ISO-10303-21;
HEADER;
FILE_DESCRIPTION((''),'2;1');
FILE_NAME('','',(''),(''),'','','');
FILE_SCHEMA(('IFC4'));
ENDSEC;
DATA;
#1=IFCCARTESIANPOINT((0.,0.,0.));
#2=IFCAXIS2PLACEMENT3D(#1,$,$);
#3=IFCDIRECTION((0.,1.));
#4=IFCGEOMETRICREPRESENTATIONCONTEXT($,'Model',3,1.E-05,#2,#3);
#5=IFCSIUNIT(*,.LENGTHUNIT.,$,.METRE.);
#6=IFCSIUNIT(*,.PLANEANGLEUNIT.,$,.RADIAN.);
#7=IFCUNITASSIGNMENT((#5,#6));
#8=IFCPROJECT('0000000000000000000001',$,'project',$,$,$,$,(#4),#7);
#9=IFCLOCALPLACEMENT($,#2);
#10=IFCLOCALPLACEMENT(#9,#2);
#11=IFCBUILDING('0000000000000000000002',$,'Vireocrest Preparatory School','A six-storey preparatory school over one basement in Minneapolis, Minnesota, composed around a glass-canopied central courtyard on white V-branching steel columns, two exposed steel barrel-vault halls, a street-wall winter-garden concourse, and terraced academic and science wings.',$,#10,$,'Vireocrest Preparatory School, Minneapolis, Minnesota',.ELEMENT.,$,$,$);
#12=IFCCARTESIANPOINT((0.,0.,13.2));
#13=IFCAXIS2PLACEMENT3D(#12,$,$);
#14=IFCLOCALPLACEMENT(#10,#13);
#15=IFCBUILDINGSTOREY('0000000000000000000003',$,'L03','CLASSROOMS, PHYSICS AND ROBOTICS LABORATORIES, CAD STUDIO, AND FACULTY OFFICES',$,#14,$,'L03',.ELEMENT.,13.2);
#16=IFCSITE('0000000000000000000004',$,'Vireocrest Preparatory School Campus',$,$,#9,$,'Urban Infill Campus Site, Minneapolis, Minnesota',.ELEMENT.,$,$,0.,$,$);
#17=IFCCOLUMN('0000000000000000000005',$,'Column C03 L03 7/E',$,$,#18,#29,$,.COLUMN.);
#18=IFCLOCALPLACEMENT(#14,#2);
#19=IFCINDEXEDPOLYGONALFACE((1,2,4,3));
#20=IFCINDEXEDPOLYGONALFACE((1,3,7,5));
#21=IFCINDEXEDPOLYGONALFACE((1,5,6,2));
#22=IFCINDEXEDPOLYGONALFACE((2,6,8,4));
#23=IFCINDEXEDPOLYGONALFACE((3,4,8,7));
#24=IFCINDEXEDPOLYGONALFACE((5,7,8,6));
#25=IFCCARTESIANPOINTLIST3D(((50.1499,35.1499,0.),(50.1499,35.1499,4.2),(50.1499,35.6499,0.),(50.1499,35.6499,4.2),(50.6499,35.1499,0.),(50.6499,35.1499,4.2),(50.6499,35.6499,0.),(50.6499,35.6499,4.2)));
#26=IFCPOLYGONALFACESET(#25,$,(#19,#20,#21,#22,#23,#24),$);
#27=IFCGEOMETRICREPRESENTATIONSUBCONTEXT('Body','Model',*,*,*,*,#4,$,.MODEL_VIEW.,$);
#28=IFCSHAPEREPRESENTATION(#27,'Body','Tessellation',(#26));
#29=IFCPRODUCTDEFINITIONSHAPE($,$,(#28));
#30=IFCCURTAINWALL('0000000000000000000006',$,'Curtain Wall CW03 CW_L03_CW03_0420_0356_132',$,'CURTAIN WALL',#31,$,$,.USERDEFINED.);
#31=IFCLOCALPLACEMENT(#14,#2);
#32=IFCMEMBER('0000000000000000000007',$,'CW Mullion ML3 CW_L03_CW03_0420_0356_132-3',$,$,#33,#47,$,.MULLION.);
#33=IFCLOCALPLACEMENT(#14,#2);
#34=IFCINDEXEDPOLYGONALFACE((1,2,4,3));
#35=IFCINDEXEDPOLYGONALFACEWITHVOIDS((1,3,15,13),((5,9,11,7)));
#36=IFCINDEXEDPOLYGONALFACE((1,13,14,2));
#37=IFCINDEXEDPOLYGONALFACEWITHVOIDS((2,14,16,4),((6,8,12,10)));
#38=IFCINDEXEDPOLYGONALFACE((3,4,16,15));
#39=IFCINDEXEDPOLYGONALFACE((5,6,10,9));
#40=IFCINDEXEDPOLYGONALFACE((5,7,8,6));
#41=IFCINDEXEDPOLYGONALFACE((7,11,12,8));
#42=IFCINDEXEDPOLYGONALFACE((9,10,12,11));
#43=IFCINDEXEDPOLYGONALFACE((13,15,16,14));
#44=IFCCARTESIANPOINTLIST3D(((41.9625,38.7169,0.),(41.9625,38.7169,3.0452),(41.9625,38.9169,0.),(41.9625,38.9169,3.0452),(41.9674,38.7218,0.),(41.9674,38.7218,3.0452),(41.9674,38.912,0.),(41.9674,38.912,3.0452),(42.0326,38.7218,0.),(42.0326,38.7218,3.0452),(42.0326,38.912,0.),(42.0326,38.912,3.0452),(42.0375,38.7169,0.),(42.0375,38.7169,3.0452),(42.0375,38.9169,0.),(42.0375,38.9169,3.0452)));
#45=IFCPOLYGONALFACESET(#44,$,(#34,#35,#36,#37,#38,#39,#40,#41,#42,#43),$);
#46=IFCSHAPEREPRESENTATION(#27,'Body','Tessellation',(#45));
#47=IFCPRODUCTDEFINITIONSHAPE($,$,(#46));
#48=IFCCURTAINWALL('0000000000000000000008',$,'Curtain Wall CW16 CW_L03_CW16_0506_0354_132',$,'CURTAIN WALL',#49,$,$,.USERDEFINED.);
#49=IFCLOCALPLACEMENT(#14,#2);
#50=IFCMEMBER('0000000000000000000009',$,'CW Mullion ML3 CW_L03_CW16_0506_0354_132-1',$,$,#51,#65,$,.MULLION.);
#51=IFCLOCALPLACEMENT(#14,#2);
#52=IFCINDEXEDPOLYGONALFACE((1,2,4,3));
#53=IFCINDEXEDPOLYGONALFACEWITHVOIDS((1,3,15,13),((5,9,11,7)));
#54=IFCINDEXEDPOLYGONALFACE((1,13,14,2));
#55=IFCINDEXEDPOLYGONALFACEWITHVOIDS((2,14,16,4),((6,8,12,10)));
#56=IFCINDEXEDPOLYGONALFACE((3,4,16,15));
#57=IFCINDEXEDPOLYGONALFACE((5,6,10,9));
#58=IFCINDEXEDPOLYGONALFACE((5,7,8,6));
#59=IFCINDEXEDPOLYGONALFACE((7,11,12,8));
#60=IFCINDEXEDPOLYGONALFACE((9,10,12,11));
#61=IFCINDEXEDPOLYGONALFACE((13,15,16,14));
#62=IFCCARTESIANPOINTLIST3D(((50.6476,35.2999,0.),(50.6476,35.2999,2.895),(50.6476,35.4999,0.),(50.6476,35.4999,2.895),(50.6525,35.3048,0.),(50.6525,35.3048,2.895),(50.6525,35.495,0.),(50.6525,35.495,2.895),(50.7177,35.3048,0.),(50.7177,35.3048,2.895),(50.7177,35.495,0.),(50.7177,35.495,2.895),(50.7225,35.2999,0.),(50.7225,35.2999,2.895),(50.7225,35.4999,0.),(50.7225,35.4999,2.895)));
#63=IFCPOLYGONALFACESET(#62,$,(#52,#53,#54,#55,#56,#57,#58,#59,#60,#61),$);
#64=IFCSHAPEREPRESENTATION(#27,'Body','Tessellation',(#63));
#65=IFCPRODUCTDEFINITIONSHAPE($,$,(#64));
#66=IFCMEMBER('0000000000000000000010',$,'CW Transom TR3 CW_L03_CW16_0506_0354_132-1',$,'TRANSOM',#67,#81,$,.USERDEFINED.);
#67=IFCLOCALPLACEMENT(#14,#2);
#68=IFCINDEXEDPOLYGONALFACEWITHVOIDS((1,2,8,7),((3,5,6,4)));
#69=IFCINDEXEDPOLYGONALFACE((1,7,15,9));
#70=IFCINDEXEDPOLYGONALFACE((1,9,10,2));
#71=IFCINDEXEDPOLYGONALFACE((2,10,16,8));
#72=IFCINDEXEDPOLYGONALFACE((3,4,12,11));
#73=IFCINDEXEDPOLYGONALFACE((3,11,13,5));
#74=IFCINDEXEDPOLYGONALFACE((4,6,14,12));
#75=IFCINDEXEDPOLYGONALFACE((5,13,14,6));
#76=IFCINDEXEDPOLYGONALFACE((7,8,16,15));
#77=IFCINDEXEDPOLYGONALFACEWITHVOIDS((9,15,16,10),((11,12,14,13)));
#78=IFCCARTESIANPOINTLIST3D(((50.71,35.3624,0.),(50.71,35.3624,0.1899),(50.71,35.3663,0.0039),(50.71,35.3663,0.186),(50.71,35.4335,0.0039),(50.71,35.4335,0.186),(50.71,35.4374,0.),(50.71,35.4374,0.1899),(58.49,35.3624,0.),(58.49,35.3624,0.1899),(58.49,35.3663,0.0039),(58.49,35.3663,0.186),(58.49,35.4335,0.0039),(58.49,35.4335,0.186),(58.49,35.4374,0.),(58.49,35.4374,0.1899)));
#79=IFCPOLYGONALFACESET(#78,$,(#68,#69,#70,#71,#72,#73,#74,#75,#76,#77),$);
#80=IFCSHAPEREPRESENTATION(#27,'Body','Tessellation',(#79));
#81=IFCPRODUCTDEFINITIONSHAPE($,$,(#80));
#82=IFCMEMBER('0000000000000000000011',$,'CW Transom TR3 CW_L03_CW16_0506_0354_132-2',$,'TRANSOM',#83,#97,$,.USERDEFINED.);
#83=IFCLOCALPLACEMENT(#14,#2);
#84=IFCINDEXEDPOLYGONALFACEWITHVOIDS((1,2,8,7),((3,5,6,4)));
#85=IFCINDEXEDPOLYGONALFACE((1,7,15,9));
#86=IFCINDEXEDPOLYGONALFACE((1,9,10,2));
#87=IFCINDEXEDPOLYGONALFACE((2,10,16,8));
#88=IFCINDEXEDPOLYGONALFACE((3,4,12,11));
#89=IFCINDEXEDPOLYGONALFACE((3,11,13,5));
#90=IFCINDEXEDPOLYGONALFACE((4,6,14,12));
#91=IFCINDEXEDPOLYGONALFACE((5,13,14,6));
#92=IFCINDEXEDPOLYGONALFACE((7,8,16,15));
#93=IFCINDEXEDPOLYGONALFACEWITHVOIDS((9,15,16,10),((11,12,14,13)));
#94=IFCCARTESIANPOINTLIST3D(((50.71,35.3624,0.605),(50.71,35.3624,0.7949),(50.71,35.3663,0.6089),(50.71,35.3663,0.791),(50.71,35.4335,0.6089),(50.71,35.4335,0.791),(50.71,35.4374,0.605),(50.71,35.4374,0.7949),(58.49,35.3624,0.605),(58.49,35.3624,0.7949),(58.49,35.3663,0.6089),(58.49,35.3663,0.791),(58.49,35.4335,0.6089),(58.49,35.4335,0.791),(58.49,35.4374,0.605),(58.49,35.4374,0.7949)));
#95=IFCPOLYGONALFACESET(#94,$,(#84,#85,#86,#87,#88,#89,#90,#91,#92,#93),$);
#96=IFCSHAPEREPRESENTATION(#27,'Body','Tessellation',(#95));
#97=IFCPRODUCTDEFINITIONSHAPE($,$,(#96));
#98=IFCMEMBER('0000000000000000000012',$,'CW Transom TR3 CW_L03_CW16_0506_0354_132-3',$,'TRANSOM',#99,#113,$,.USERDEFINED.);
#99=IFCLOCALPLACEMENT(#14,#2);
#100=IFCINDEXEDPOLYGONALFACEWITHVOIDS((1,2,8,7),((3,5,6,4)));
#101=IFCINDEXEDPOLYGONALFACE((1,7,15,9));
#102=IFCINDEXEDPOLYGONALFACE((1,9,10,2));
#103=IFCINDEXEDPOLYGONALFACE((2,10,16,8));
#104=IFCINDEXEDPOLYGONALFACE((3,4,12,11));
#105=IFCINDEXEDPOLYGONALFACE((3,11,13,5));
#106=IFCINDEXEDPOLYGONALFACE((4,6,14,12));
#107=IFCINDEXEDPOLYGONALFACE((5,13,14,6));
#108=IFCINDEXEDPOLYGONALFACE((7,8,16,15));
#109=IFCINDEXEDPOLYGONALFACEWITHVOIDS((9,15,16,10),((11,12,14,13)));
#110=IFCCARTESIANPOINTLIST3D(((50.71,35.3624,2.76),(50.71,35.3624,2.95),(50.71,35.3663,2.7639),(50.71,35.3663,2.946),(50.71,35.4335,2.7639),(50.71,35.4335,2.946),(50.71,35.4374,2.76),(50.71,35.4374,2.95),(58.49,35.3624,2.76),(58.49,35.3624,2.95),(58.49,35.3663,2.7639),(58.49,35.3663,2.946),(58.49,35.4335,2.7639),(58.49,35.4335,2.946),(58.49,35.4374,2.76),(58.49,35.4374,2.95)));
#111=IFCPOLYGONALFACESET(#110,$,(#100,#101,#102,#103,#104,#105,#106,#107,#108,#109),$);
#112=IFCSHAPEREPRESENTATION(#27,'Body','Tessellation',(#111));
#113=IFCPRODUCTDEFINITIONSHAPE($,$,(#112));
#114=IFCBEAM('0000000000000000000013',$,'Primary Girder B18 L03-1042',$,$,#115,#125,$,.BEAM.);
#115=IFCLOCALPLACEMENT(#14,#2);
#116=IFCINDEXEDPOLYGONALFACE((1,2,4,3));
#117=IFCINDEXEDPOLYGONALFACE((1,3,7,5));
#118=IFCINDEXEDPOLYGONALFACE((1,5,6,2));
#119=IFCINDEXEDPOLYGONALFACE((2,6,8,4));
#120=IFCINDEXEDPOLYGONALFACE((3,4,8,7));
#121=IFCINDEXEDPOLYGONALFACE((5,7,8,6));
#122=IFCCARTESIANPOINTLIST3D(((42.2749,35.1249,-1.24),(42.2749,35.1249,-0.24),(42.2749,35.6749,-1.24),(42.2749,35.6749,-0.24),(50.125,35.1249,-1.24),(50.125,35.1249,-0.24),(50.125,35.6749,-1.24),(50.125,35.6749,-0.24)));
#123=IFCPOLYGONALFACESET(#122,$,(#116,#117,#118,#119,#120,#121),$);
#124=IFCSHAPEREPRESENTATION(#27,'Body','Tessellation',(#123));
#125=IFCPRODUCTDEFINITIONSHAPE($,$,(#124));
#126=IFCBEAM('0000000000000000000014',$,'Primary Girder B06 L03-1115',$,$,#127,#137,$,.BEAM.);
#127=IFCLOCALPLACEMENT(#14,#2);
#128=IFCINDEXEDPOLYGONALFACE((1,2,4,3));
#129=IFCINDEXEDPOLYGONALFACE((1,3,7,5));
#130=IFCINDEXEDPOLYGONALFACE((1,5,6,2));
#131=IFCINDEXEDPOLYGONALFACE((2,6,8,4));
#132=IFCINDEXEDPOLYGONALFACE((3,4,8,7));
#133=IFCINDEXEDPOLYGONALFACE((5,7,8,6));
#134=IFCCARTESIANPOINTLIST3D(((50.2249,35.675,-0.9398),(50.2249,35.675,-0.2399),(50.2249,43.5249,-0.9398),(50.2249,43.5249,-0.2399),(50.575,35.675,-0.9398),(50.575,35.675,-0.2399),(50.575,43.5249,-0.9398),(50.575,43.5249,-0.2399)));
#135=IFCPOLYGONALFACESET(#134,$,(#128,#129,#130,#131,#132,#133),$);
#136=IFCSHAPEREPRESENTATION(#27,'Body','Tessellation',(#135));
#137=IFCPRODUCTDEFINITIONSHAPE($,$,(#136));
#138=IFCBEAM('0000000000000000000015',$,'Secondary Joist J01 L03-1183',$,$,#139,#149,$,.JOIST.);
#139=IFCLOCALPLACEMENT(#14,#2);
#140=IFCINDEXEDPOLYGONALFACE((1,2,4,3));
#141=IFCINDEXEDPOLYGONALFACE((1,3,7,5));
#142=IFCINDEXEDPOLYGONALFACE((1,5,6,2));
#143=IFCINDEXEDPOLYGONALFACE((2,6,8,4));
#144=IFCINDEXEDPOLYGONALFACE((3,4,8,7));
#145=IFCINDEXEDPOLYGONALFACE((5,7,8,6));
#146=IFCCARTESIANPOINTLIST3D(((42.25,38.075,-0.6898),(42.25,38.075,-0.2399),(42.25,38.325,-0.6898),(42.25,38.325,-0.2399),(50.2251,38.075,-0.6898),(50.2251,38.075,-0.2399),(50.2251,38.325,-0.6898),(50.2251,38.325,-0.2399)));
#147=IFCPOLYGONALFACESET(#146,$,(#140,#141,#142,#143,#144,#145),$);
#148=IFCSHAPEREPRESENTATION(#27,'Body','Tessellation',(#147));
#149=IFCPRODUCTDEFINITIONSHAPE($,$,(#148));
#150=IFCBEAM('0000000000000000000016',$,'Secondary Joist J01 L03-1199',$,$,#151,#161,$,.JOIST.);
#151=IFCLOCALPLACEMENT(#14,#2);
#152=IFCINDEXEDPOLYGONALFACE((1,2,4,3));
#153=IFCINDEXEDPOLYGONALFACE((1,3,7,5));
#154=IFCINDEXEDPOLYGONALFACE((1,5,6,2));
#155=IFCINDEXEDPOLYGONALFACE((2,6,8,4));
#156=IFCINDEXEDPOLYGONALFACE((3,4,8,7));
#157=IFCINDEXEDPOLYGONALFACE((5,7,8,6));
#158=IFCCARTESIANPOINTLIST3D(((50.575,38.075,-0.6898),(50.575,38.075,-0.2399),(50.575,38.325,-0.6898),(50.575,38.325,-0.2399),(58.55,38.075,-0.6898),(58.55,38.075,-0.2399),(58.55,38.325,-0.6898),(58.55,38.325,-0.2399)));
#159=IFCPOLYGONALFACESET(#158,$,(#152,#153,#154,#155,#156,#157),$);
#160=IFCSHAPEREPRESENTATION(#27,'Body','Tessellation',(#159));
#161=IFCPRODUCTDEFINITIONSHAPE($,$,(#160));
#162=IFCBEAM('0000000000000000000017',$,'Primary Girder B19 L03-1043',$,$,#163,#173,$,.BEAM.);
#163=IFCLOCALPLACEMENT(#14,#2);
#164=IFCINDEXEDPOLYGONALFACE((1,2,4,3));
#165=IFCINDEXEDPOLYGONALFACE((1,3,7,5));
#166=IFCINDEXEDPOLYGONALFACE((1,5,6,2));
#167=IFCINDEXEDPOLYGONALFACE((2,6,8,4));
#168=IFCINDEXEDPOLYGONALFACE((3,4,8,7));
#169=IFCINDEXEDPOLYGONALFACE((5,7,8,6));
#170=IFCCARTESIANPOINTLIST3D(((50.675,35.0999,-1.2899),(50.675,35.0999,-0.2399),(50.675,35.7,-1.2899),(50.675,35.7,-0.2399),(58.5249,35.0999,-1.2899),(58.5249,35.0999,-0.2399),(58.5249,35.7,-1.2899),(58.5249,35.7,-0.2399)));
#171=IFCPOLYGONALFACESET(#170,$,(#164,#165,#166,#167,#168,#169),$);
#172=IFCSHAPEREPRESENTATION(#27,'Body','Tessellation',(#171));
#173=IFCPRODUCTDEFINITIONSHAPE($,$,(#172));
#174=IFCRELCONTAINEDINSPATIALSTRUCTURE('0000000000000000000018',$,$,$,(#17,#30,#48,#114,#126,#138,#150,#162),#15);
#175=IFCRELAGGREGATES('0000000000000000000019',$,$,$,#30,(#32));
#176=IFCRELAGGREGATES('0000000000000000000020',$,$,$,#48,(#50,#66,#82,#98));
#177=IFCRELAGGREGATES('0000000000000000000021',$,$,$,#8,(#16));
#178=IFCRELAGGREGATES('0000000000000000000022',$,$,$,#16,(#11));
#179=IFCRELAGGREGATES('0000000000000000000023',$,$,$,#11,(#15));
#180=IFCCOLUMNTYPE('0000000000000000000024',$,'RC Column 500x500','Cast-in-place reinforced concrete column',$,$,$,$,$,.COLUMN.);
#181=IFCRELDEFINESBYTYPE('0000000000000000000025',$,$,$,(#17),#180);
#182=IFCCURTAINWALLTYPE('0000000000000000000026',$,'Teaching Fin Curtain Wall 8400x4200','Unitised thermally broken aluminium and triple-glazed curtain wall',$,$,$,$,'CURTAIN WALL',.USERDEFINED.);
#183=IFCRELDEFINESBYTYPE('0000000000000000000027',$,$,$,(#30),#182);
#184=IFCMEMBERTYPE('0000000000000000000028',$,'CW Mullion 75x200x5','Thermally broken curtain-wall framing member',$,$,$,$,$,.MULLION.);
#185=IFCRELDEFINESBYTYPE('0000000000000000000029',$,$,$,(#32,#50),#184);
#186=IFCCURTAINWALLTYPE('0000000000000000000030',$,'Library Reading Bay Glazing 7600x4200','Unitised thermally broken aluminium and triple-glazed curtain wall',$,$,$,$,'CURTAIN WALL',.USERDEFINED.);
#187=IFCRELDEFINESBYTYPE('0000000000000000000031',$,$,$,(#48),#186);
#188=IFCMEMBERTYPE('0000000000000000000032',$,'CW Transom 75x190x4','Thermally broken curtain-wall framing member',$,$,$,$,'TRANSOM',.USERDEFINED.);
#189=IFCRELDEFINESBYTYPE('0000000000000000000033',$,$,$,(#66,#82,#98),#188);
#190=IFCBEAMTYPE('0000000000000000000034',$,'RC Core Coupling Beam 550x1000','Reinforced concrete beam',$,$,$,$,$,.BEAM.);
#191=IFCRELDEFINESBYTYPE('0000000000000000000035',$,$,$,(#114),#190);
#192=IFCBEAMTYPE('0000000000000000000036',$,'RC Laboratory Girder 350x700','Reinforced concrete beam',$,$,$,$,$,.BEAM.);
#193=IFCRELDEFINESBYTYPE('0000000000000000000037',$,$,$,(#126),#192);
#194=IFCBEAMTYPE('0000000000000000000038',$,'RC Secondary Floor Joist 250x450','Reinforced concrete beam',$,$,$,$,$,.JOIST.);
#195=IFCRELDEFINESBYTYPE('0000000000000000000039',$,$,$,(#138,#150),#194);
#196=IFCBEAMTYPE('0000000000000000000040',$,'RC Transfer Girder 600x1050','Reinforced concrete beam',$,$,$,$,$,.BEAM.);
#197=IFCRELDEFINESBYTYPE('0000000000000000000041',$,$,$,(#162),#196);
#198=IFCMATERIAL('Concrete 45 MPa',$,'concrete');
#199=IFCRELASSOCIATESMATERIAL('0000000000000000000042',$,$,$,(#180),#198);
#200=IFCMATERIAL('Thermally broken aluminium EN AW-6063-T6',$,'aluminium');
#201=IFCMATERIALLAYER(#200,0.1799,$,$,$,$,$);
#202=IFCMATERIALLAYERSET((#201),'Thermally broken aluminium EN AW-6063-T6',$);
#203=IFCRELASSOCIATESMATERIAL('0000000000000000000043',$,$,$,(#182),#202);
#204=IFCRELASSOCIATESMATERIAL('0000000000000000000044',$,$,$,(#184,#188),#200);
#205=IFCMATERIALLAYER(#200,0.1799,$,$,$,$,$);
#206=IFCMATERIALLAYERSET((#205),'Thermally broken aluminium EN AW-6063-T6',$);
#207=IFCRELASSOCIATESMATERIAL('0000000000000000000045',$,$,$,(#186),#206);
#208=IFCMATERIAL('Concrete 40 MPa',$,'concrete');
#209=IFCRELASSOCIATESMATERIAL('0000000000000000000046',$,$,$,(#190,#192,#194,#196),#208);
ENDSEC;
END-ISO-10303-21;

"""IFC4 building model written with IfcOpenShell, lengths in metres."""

from ifc_helpers import new_model, si_unit, direction, frame, origin, origin_2d, place, context, subcontext, project, spatial, rectangle, hollow_rectangle, extrude, material, layer, layer_set, material_profile, profile_set, type_object, element, aggregate, save


model = new_model("IFC4")

# Units and contexts
model_context = context("Model", 3, precision=1e-05, world=origin(), true_north=direction((0.0, 1.0)))
body_context = subcontext(model_context, "Body", "Model", "MODEL_VIEW")
ifc_project = project(units=[si_unit("LENGTHUNIT", "METRE"), si_unit("PLANEANGLEUNIT", "RADIAN")], contexts=[model_context])

# Site, building, storey
site_placement = place(None, origin())
site = spatial("IfcSite", under=ifc_project, at=site_placement, Name="Vireocrest Preparatory School Campus", LongName="Urban Infill Campus Site, Minneapolis, Minnesota", CompositionType="ELEMENT", RefElevation=0.0)
building_placement = place(site_placement, origin())
building = spatial("IfcBuilding", under=site, at=building_placement, Name="Vireocrest Preparatory School", Description="A six-storey preparatory school over one basement in Minneapolis, Minnesota, composed around a glass-canopied central courtyard on white V-branching steel columns, two exposed steel barrel-vault halls, a street-wall winter-garden concourse, and terraced academic and science wings.", LongName="Vireocrest Preparatory School, Minneapolis, Minnesota", CompositionType="ELEMENT")
storey_placement = place(building_placement, frame((0.0, 0.0, 13.2)))
storey = spatial("IfcBuildingStorey", under=building, at=storey_placement, Name="L03", Description="CLASSROOMS, PHYSICS AND ROBOTICS LABORATORIES, CAD STUDIO, AND FACULTY OFFICES", LongName="L03", CompositionType="ELEMENT", Elevation=13.2)

# Column
ifc_material_1 = material(Name="Concrete 45 MPa", Category="concrete")
ifc_material_profile_1 = material_profile(ifc_material_1, rectangle(XDim=0.5, YDim=0.5, at=origin_2d()), Name="RC 500x500")
ifc_profile_set_1 = profile_set([ifc_material_profile_1], Name="Concrete 45 MPa")
column_type = type_object("IfcColumnType", Name="RC Column 500x500", Description="Cast-in-place reinforced concrete column", PredefinedType="COLUMN", material=ifc_profile_set_1)
column_placement = place(storey_placement, frame((50.3999, 35.3999, 0.0), z_axis=(0.0, 0.0, 1.0), x_axis=(1.0, 0.0, 0.0)))
element("IfcColumn", 1, at=column_placement, inside=storey, type_object=column_type, Name="Column C03 L03 7/E", PredefinedType="COLUMN", context=body_context, shape_type="SweptSolid", body=[
    extrude(rectangle(XDim=0.5, YDim=0.5, at=origin_2d()), origin(), (0.0, 0.0, 1.0), 4.2),
])

# Curtain wall, member
ifc_material_2 = material(Name="Thermally broken aluminium EN AW-6063-T6", Category="aluminium")
ifc_layer_1 = layer(ifc_material_2, 0.1799)
ifc_layer_set_1 = layer_set([ifc_layer_1], Name="Thermally broken aluminium EN AW-6063-T6")
curtain_wall_type_1 = type_object("IfcCurtainWallType", Name="Teaching Fin Curtain Wall 8400x4200", Description="Unitised thermally broken aluminium and triple-glazed curtain wall", ElementType="CURTAIN WALL", PredefinedType="USERDEFINED", material=ifc_layer_set_1)
curtain_wall_1_placement = place(storey_placement, origin())
curtain_wall_1 = element("IfcCurtainWall", 2, at=curtain_wall_1_placement, inside=storey, type_object=curtain_wall_type_1, Name="Curtain Wall CW03 CW_L03_CW03_0420_0356_132", ObjectType="CURTAIN WALL", PredefinedType="USERDEFINED")
ifc_material_profile_2 = material_profile(ifc_material_2, hollow_rectangle(XDim=0.075, YDim=0.2, WallThickness=0.0049, at=origin_2d()), Name="ALU 75x200x5")
ifc_profile_set_2 = profile_set([ifc_material_profile_2], Name="Thermally broken aluminium EN AW-6063-T6")
member_type_1 = type_object("IfcMemberType", Name="CW Mullion 75x200x5", Description="Thermally broken curtain-wall framing member", PredefinedType="MULLION", material=ifc_profile_set_2)
member_1_placement = place(storey_placement, frame((42.0, 38.8169, 0.0), z_axis=(0.0, 0.0, 1.0), x_axis=(1.0, 0.0, 0.0)))
member_1 = element("IfcMember", 3, at=member_1_placement, type_object=member_type_1, Name="CW Mullion ML3 CW_L03_CW03_0420_0356_132-3", PredefinedType="MULLION", context=body_context, shape_type="SweptSolid", body=[
    extrude(hollow_rectangle(XDim=0.075, YDim=0.2, WallThickness=0.0049, at=origin_2d()), origin(), (0.0, 0.0, 1.0), 3.0452),
])
aggregate(curtain_wall_1, [member_1])

# Curtain wall, members
ifc_layer_2 = layer(ifc_material_2, 0.1799)
ifc_layer_set_2 = layer_set([ifc_layer_2], Name="Thermally broken aluminium EN AW-6063-T6")
curtain_wall_type_2 = type_object("IfcCurtainWallType", Name="Library Reading Bay Glazing 7600x4200", Description="Unitised thermally broken aluminium and triple-glazed curtain wall", ElementType="CURTAIN WALL", PredefinedType="USERDEFINED", material=ifc_layer_set_2)
curtain_wall_2_placement = place(storey_placement, origin())
curtain_wall_2 = element("IfcCurtainWall", 4, at=curtain_wall_2_placement, inside=storey, type_object=curtain_wall_type_2, Name="Curtain Wall CW16 CW_L03_CW16_0506_0354_132", ObjectType="CURTAIN WALL", PredefinedType="USERDEFINED")
member_2_placement = place(storey_placement, frame((50.6851, 35.3999, 0.0), z_axis=(0.0, 0.0, 1.0), x_axis=(1.0, 0.0, 0.0)))
member_2 = element("IfcMember", 5, at=member_2_placement, type_object=member_type_1, Name="CW Mullion ML3 CW_L03_CW16_0506_0354_132-1", PredefinedType="MULLION", context=body_context, shape_type="SweptSolid", body=[
    extrude(hollow_rectangle(XDim=0.075, YDim=0.2, WallThickness=0.0049, at=origin_2d()), origin(), (0.0, 0.0, 1.0), 2.895),
])
ifc_material_profile_3 = material_profile(ifc_material_2, hollow_rectangle(XDim=0.075, YDim=0.1899, WallThickness=0.0039, at=origin_2d()), Name="ALU 75x190x4")
ifc_profile_set_3 = profile_set([ifc_material_profile_3], Name="Thermally broken aluminium EN AW-6063-T6")
member_type_2 = type_object("IfcMemberType", Name="CW Transom 75x190x4", Description="Thermally broken curtain-wall framing member", ElementType="TRANSOM", PredefinedType="USERDEFINED", material=ifc_profile_set_3)
member_3_placement = place(storey_placement, frame((50.71, 35.3999, 0.095), z_axis=(1.0, 0.0, 0.0), x_axis=(0.0, 1.0, 0.0)))
member_3 = element("IfcMember", 6, at=member_3_placement, type_object=member_type_2, Name="CW Transom TR3 CW_L03_CW16_0506_0354_132-1", ObjectType="TRANSOM", PredefinedType="USERDEFINED", context=body_context, shape_type="SweptSolid", body=[
    extrude(hollow_rectangle(XDim=0.075, YDim=0.1899, WallThickness=0.0039, at=origin_2d()), origin(), (0.0, 0.0, 1.0), 7.78),
])
member_4_placement = place(storey_placement, frame((50.71, 35.3999, 0.7), z_axis=(1.0, 0.0, 0.0), x_axis=(0.0, 1.0, 0.0)))
member_4 = element("IfcMember", 7, at=member_4_placement, type_object=member_type_2, Name="CW Transom TR3 CW_L03_CW16_0506_0354_132-2", ObjectType="TRANSOM", PredefinedType="USERDEFINED", context=body_context, shape_type="SweptSolid", body=[
    extrude(hollow_rectangle(XDim=0.075, YDim=0.1899, WallThickness=0.0039, at=origin_2d()), origin(), (0.0, 0.0, 1.0), 7.78),
])
member_5_placement = place(storey_placement, frame((50.71, 35.3999, 2.855), z_axis=(1.0, 0.0, 0.0), x_axis=(0.0, 1.0, 0.0)))
member_5 = element("IfcMember", 8, at=member_5_placement, type_object=member_type_2, Name="CW Transom TR3 CW_L03_CW16_0506_0354_132-3", ObjectType="TRANSOM", PredefinedType="USERDEFINED", context=body_context, shape_type="SweptSolid", body=[
    extrude(hollow_rectangle(XDim=0.075, YDim=0.1899, WallThickness=0.0039, at=origin_2d()), origin(), (0.0, 0.0, 1.0), 7.78),
])
aggregate(curtain_wall_2, [member_2, member_3, member_4, member_5])

# Beams
ifc_material_3 = material(Name="Concrete 40 MPa", Category="concrete")
ifc_material_profile_4 = material_profile(ifc_material_3, rectangle(XDim=0.55, YDim=1.0, at=origin_2d()), Name="RC 550x1000")
ifc_profile_set_4 = profile_set([ifc_material_profile_4], Name="Concrete 40 MPa")
beam_type_1 = type_object("IfcBeamType", Name="RC Core Coupling Beam 550x1000", Description="Reinforced concrete beam", PredefinedType="BEAM", material=ifc_profile_set_4)
beam_1_placement = place(storey_placement, frame((42.2749, 35.3999, -0.74), z_axis=(1.0, 0.0, 0.0), x_axis=(0.0, 1.0, 0.0)))
element("IfcBeam", 9, at=beam_1_placement, inside=storey, type_object=beam_type_1, Name="Primary Girder B18 L03-1042", PredefinedType="BEAM", context=body_context, shape_type="SweptSolid", body=[
    extrude(rectangle(XDim=0.55, YDim=1.0, at=origin_2d()), origin(), (0.0, 0.0, 1.0), 7.8501),
])
ifc_material_profile_5 = material_profile(ifc_material_3, rectangle(XDim=0.3501, YDim=0.7, at=origin_2d()), Name="RC 350x700")
ifc_profile_set_5 = profile_set([ifc_material_profile_5], Name="Concrete 40 MPa")
beam_type_2 = type_object("IfcBeamType", Name="RC Laboratory Girder 350x700", Description="Reinforced concrete beam", PredefinedType="BEAM", material=ifc_profile_set_5)
beam_2_placement = place(storey_placement, frame((50.3999, 35.675, -0.5898), z_axis=(0.0, 1.0, 0.0), x_axis=(-1.0, 0.0, 0.0)))
element("IfcBeam", 10, at=beam_2_placement, inside=storey, type_object=beam_type_2, Name="Primary Girder B06 L03-1115", PredefinedType="BEAM", context=body_context, shape_type="SweptSolid", body=[
    extrude(rectangle(XDim=0.3501, YDim=0.7, at=origin_2d()), origin(), (0.0, 0.0, 1.0), 7.8499),
])
ifc_material_profile_6 = material_profile(ifc_material_3, rectangle(XDim=0.25, YDim=0.45, at=origin_2d()), Name="RC 250x450")
ifc_profile_set_6 = profile_set([ifc_material_profile_6], Name="Concrete 40 MPa")
beam_type_3 = type_object("IfcBeamType", Name="RC Secondary Floor Joist 250x450", Description="Reinforced concrete beam", PredefinedType="JOIST", material=ifc_profile_set_6)
for number, where, z_axis, x_axis, name in (
    (11, (42.25, 38.2, -0.4648), (1.0, 0.0, 0.0), (0.0, 1.0, 0.0), "Secondary Joist J01 L03-1183"),
    (12, (50.575, 38.2, -0.4648), (1.0, 0.0, 0.0), (0.0, 1.0, 0.0), "Secondary Joist J01 L03-1199"),
):
    element("IfcBeam", number, at=place(storey_placement, frame(where, z_axis=z_axis, x_axis=x_axis)), inside=storey, type_object=beam_type_3, Name=name, PredefinedType="JOIST", context=body_context, shape_type="SweptSolid", body=[
        extrude(rectangle(XDim=0.25, YDim=0.45, at=origin_2d()), origin(), (0.0, 0.0, 1.0), 7.9751),
    ])
ifc_material_profile_7 = material_profile(ifc_material_3, rectangle(XDim=0.6001, YDim=1.05, at=origin_2d()), Name="RC 600x1050")
ifc_profile_set_7 = profile_set([ifc_material_profile_7], Name="Concrete 40 MPa")
beam_type_4 = type_object("IfcBeamType", Name="RC Transfer Girder 600x1050", Description="Reinforced concrete beam", PredefinedType="BEAM", material=ifc_profile_set_7)
beam_3_placement = place(storey_placement, frame((50.675, 35.3999, -0.7649), z_axis=(1.0, 0.0, 0.0), x_axis=(0.0, 1.0, 0.0)))
element("IfcBeam", 13, at=beam_3_placement, inside=storey, type_object=beam_type_4, Name="Primary Girder B19 L03-1043", PredefinedType="BEAM", context=body_context, shape_type="SweptSolid", body=[
    extrude(rectangle(XDim=0.6001, YDim=1.05, at=origin_2d()), origin(), (0.0, 0.0, 1.0), 7.8499),
])

save(model, "model.ifc")
